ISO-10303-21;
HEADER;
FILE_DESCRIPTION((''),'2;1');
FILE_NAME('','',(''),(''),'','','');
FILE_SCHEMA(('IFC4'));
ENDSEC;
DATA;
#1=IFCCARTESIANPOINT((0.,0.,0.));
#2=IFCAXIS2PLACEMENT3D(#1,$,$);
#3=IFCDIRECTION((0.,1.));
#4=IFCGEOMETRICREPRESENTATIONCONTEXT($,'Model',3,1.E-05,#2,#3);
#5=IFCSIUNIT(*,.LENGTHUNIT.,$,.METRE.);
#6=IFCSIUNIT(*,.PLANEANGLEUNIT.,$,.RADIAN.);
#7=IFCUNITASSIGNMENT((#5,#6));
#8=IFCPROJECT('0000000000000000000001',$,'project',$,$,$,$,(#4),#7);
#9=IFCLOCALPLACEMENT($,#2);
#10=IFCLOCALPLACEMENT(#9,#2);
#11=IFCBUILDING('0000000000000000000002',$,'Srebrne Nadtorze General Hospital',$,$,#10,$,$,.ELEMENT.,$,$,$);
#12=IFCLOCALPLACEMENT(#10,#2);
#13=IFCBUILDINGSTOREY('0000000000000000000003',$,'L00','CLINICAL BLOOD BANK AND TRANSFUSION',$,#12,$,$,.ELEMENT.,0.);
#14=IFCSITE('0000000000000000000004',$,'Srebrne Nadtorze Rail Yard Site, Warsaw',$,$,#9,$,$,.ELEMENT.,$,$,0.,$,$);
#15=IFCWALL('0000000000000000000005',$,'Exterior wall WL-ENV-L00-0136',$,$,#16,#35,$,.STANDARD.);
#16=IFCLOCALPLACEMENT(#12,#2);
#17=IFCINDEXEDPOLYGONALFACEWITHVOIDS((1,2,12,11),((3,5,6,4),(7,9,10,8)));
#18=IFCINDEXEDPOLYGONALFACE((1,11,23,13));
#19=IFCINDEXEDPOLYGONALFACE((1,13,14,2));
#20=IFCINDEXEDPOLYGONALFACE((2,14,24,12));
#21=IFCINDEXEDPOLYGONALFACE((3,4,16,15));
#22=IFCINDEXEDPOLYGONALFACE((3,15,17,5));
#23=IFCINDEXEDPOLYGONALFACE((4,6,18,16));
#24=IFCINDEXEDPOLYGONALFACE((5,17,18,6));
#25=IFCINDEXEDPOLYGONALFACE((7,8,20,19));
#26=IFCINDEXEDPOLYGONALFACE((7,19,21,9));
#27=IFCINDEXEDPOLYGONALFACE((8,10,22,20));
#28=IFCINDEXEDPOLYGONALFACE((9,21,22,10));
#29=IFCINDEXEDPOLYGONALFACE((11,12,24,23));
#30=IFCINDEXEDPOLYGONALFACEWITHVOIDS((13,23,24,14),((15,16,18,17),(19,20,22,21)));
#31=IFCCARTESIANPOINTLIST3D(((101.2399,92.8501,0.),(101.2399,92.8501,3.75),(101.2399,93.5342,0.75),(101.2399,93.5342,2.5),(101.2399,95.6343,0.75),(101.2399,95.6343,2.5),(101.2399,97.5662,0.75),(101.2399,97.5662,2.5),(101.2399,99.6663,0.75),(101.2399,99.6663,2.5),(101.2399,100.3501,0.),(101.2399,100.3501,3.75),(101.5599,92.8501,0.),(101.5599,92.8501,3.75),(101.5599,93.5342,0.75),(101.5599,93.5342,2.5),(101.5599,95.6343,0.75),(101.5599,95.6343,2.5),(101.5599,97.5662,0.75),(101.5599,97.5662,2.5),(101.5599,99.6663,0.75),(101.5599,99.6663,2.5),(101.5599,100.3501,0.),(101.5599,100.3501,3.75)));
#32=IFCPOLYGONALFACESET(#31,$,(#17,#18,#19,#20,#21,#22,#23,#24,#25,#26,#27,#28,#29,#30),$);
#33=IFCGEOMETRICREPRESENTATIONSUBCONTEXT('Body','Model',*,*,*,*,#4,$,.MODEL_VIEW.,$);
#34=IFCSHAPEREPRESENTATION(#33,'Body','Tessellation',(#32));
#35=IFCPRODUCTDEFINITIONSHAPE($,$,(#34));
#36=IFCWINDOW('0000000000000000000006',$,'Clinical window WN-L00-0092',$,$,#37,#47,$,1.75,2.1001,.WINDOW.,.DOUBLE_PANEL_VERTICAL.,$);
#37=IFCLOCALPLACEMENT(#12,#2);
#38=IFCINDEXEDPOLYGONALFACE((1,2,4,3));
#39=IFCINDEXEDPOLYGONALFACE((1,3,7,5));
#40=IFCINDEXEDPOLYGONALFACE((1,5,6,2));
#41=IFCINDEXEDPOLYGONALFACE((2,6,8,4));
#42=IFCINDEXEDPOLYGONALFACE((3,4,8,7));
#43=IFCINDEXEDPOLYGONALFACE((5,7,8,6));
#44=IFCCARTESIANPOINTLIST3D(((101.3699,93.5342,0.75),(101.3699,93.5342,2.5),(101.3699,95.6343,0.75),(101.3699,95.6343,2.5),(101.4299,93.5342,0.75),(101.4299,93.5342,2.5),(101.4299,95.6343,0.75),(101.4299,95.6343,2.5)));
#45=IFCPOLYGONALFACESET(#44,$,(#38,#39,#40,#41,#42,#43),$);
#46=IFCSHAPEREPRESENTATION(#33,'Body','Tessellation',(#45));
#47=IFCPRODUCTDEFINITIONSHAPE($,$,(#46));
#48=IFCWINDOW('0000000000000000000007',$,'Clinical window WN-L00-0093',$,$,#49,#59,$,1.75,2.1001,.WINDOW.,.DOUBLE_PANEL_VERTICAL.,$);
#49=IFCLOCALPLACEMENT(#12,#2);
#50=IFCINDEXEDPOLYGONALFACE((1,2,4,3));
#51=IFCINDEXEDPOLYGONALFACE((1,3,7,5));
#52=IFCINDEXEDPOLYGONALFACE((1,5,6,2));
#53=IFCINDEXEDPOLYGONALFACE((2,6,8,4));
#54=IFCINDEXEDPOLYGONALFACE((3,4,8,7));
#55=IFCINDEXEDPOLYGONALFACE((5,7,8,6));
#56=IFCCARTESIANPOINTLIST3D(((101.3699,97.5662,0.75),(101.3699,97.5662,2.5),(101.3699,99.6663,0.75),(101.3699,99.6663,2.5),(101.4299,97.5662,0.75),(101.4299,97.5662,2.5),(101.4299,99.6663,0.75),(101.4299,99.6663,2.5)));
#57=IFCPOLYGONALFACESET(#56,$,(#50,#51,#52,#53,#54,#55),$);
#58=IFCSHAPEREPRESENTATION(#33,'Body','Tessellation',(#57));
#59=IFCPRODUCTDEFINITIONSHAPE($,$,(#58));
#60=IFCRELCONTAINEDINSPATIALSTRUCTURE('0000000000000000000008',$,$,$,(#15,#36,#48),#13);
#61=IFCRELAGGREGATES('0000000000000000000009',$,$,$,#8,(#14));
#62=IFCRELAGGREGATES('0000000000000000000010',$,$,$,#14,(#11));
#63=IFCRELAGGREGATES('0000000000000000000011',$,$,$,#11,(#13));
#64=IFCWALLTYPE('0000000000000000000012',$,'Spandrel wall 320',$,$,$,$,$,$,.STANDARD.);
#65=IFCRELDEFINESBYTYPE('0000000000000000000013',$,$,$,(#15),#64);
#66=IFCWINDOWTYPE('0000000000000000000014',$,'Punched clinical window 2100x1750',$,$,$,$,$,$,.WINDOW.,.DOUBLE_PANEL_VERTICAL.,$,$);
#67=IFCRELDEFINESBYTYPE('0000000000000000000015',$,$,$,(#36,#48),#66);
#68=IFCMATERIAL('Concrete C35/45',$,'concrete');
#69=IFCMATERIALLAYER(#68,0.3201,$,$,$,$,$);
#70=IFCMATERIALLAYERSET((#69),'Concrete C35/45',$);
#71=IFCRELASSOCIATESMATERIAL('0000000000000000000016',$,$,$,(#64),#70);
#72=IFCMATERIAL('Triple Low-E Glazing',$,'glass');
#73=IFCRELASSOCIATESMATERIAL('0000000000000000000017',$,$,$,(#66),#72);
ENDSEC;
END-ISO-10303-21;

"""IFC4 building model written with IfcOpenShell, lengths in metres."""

from ifc_helpers import new_model, si_unit, direction, frame, frame_2d, origin, place, context, subcontext, project, spatial, rectangle, extrude, material, layer, layer_set, type_object, element, fill, save


model = new_model("IFC4")

# Units and contexts
model_context = context("Model", 3, precision=1e-05, world=origin(), true_north=direction((0.0, 1.0)))
body_context = subcontext(model_context, "Body", "Model", "MODEL_VIEW")
ifc_project = project(units=[si_unit("LENGTHUNIT", "METRE"), si_unit("PLANEANGLEUNIT", "RADIAN")], contexts=[model_context])

# Site, building, storey
site_placement = place(None, origin())
site = spatial("IfcSite", under=ifc_project, at=site_placement, Name="Srebrne Nadtorze Rail Yard Site, Warsaw", CompositionType="ELEMENT", RefElevation=0.0)
building_placement = place(site_placement, origin())
building = spatial("IfcBuilding", under=site, at=building_placement, Name="Srebrne Nadtorze General Hospital", CompositionType="ELEMENT")
storey_placement = place(building_placement, origin())
storey = spatial("IfcBuildingStorey", under=building, at=storey_placement, Name="L00", Description="CLINICAL BLOOD BANK AND TRANSFUSION", CompositionType="ELEMENT", Elevation=0.0)

# Wall, openings, windows
ifc_material_1 = material(Name="Concrete C35/45", Category="concrete")
ifc_layer_1 = layer(ifc_material_1, 0.3201)
ifc_layer_set_1 = layer_set([ifc_layer_1], Name="Concrete C35/45")
wall_type_1 = type_object("IfcWallType", Name="Spandrel wall 320", PredefinedType="STANDARD", material=ifc_layer_set_1)
wall_1_placement = place(storey_placement, frame((101.3999, 92.8501, 0.0), z_axis=(0.0, 0.0, 1.0), x_axis=(0.0, 1.0, 0.0)))
wall_1 = element("IfcWall", 1, at=wall_1_placement, inside=storey, type_object=wall_type_1, Name="Exterior wall WL-ENV-L00-0136", PredefinedType="STANDARD", context=body_context, shape_type="SweptSolid", body=[
    extrude(rectangle(XDim=7.5, YDim=0.3201, at=frame_2d((3.75, 0.0))), origin(), (0.0, 0.0, 1.0), 3.75),
])
opening_1_placement = place(wall_1_placement, frame((0.6841, 0.0, 0.75)))
opening_1 = element("IfcOpeningElement", 2, at=opening_1_placement, cuts=wall_1, PredefinedType="OPENING", context=body_context, shape_type="SweptSolid", body=[
    extrude(rectangle(XDim=2.1001, YDim=1.75, at=frame_2d((1.05, 0.875))), frame((0.0, 0.1719, 0.0), z_axis=(0.0, -1.0, 0.0), x_axis=(1.0, 0.0, 0.0)), (0.0, 0.0, 1.0), 0.344),
])
opening_2_placement = place(wall_1_placement, frame((4.7161, 0.0, 0.75)))
opening_2 = element("IfcOpeningElement", 3, at=opening_2_placement, cuts=wall_1, PredefinedType="OPENING", context=body_context, shape_type="SweptSolid", body=[
    extrude(rectangle(XDim=2.1001, YDim=1.75, at=frame_2d((1.05, 0.875))), frame((0.0, 0.1719, 0.0), z_axis=(0.0, -1.0, 0.0), x_axis=(1.0, 0.0, 0.0)), (0.0, 0.0, 1.0), 0.344),
])
ifc_material_2 = material(Name="Triple Low-E Glazing", Category="glass")
window_type_1 = type_object("IfcWindowType", Name="Punched clinical window 2100x1750", PartitioningType="DOUBLE_PANEL_VERTICAL", PredefinedType="WINDOW", material=ifc_material_2)
window_1_placement = place(opening_1_placement, origin())
window_1 = element("IfcWindow", 4, at=window_1_placement, inside=storey, type_object=window_type_1, Name="Clinical window WN-L00-0092", OverallHeight=1.75, OverallWidth=2.1001, PartitioningType="DOUBLE_PANEL_VERTICAL", PredefinedType="WINDOW", context=body_context, shape_type="SweptSolid", body=[
    extrude(rectangle(XDim=2.1001, YDim=1.75, at=frame_2d((1.05, 0.875))), frame((0.0, 0.03, 0.0), z_axis=(0.0, -1.0, 0.0), x_axis=(1.0, 0.0, 0.0)), (0.0, 0.0, 1.0), 0.0601),
])
fill(opening_1, window_1)
window_2_placement = place(opening_2_placement, origin())
window_2 = element("IfcWindow", 5, at=window_2_placement, inside=storey, type_object=window_type_1, Name="Clinical window WN-L00-0093", OverallHeight=1.75, OverallWidth=2.1001, PartitioningType="DOUBLE_PANEL_VERTICAL", PredefinedType="WINDOW", context=body_context, shape_type="SweptSolid", body=[
    extrude(rectangle(XDim=2.1001, YDim=1.75, at=frame_2d((1.05, 0.875))), frame((0.0, 0.03, 0.0), z_axis=(0.0, -1.0, 0.0), x_axis=(1.0, 0.0, 0.0)), (0.0, 0.0, 1.0), 0.0601),
])
fill(opening_2, window_2)

save(model, "model.ifc")
